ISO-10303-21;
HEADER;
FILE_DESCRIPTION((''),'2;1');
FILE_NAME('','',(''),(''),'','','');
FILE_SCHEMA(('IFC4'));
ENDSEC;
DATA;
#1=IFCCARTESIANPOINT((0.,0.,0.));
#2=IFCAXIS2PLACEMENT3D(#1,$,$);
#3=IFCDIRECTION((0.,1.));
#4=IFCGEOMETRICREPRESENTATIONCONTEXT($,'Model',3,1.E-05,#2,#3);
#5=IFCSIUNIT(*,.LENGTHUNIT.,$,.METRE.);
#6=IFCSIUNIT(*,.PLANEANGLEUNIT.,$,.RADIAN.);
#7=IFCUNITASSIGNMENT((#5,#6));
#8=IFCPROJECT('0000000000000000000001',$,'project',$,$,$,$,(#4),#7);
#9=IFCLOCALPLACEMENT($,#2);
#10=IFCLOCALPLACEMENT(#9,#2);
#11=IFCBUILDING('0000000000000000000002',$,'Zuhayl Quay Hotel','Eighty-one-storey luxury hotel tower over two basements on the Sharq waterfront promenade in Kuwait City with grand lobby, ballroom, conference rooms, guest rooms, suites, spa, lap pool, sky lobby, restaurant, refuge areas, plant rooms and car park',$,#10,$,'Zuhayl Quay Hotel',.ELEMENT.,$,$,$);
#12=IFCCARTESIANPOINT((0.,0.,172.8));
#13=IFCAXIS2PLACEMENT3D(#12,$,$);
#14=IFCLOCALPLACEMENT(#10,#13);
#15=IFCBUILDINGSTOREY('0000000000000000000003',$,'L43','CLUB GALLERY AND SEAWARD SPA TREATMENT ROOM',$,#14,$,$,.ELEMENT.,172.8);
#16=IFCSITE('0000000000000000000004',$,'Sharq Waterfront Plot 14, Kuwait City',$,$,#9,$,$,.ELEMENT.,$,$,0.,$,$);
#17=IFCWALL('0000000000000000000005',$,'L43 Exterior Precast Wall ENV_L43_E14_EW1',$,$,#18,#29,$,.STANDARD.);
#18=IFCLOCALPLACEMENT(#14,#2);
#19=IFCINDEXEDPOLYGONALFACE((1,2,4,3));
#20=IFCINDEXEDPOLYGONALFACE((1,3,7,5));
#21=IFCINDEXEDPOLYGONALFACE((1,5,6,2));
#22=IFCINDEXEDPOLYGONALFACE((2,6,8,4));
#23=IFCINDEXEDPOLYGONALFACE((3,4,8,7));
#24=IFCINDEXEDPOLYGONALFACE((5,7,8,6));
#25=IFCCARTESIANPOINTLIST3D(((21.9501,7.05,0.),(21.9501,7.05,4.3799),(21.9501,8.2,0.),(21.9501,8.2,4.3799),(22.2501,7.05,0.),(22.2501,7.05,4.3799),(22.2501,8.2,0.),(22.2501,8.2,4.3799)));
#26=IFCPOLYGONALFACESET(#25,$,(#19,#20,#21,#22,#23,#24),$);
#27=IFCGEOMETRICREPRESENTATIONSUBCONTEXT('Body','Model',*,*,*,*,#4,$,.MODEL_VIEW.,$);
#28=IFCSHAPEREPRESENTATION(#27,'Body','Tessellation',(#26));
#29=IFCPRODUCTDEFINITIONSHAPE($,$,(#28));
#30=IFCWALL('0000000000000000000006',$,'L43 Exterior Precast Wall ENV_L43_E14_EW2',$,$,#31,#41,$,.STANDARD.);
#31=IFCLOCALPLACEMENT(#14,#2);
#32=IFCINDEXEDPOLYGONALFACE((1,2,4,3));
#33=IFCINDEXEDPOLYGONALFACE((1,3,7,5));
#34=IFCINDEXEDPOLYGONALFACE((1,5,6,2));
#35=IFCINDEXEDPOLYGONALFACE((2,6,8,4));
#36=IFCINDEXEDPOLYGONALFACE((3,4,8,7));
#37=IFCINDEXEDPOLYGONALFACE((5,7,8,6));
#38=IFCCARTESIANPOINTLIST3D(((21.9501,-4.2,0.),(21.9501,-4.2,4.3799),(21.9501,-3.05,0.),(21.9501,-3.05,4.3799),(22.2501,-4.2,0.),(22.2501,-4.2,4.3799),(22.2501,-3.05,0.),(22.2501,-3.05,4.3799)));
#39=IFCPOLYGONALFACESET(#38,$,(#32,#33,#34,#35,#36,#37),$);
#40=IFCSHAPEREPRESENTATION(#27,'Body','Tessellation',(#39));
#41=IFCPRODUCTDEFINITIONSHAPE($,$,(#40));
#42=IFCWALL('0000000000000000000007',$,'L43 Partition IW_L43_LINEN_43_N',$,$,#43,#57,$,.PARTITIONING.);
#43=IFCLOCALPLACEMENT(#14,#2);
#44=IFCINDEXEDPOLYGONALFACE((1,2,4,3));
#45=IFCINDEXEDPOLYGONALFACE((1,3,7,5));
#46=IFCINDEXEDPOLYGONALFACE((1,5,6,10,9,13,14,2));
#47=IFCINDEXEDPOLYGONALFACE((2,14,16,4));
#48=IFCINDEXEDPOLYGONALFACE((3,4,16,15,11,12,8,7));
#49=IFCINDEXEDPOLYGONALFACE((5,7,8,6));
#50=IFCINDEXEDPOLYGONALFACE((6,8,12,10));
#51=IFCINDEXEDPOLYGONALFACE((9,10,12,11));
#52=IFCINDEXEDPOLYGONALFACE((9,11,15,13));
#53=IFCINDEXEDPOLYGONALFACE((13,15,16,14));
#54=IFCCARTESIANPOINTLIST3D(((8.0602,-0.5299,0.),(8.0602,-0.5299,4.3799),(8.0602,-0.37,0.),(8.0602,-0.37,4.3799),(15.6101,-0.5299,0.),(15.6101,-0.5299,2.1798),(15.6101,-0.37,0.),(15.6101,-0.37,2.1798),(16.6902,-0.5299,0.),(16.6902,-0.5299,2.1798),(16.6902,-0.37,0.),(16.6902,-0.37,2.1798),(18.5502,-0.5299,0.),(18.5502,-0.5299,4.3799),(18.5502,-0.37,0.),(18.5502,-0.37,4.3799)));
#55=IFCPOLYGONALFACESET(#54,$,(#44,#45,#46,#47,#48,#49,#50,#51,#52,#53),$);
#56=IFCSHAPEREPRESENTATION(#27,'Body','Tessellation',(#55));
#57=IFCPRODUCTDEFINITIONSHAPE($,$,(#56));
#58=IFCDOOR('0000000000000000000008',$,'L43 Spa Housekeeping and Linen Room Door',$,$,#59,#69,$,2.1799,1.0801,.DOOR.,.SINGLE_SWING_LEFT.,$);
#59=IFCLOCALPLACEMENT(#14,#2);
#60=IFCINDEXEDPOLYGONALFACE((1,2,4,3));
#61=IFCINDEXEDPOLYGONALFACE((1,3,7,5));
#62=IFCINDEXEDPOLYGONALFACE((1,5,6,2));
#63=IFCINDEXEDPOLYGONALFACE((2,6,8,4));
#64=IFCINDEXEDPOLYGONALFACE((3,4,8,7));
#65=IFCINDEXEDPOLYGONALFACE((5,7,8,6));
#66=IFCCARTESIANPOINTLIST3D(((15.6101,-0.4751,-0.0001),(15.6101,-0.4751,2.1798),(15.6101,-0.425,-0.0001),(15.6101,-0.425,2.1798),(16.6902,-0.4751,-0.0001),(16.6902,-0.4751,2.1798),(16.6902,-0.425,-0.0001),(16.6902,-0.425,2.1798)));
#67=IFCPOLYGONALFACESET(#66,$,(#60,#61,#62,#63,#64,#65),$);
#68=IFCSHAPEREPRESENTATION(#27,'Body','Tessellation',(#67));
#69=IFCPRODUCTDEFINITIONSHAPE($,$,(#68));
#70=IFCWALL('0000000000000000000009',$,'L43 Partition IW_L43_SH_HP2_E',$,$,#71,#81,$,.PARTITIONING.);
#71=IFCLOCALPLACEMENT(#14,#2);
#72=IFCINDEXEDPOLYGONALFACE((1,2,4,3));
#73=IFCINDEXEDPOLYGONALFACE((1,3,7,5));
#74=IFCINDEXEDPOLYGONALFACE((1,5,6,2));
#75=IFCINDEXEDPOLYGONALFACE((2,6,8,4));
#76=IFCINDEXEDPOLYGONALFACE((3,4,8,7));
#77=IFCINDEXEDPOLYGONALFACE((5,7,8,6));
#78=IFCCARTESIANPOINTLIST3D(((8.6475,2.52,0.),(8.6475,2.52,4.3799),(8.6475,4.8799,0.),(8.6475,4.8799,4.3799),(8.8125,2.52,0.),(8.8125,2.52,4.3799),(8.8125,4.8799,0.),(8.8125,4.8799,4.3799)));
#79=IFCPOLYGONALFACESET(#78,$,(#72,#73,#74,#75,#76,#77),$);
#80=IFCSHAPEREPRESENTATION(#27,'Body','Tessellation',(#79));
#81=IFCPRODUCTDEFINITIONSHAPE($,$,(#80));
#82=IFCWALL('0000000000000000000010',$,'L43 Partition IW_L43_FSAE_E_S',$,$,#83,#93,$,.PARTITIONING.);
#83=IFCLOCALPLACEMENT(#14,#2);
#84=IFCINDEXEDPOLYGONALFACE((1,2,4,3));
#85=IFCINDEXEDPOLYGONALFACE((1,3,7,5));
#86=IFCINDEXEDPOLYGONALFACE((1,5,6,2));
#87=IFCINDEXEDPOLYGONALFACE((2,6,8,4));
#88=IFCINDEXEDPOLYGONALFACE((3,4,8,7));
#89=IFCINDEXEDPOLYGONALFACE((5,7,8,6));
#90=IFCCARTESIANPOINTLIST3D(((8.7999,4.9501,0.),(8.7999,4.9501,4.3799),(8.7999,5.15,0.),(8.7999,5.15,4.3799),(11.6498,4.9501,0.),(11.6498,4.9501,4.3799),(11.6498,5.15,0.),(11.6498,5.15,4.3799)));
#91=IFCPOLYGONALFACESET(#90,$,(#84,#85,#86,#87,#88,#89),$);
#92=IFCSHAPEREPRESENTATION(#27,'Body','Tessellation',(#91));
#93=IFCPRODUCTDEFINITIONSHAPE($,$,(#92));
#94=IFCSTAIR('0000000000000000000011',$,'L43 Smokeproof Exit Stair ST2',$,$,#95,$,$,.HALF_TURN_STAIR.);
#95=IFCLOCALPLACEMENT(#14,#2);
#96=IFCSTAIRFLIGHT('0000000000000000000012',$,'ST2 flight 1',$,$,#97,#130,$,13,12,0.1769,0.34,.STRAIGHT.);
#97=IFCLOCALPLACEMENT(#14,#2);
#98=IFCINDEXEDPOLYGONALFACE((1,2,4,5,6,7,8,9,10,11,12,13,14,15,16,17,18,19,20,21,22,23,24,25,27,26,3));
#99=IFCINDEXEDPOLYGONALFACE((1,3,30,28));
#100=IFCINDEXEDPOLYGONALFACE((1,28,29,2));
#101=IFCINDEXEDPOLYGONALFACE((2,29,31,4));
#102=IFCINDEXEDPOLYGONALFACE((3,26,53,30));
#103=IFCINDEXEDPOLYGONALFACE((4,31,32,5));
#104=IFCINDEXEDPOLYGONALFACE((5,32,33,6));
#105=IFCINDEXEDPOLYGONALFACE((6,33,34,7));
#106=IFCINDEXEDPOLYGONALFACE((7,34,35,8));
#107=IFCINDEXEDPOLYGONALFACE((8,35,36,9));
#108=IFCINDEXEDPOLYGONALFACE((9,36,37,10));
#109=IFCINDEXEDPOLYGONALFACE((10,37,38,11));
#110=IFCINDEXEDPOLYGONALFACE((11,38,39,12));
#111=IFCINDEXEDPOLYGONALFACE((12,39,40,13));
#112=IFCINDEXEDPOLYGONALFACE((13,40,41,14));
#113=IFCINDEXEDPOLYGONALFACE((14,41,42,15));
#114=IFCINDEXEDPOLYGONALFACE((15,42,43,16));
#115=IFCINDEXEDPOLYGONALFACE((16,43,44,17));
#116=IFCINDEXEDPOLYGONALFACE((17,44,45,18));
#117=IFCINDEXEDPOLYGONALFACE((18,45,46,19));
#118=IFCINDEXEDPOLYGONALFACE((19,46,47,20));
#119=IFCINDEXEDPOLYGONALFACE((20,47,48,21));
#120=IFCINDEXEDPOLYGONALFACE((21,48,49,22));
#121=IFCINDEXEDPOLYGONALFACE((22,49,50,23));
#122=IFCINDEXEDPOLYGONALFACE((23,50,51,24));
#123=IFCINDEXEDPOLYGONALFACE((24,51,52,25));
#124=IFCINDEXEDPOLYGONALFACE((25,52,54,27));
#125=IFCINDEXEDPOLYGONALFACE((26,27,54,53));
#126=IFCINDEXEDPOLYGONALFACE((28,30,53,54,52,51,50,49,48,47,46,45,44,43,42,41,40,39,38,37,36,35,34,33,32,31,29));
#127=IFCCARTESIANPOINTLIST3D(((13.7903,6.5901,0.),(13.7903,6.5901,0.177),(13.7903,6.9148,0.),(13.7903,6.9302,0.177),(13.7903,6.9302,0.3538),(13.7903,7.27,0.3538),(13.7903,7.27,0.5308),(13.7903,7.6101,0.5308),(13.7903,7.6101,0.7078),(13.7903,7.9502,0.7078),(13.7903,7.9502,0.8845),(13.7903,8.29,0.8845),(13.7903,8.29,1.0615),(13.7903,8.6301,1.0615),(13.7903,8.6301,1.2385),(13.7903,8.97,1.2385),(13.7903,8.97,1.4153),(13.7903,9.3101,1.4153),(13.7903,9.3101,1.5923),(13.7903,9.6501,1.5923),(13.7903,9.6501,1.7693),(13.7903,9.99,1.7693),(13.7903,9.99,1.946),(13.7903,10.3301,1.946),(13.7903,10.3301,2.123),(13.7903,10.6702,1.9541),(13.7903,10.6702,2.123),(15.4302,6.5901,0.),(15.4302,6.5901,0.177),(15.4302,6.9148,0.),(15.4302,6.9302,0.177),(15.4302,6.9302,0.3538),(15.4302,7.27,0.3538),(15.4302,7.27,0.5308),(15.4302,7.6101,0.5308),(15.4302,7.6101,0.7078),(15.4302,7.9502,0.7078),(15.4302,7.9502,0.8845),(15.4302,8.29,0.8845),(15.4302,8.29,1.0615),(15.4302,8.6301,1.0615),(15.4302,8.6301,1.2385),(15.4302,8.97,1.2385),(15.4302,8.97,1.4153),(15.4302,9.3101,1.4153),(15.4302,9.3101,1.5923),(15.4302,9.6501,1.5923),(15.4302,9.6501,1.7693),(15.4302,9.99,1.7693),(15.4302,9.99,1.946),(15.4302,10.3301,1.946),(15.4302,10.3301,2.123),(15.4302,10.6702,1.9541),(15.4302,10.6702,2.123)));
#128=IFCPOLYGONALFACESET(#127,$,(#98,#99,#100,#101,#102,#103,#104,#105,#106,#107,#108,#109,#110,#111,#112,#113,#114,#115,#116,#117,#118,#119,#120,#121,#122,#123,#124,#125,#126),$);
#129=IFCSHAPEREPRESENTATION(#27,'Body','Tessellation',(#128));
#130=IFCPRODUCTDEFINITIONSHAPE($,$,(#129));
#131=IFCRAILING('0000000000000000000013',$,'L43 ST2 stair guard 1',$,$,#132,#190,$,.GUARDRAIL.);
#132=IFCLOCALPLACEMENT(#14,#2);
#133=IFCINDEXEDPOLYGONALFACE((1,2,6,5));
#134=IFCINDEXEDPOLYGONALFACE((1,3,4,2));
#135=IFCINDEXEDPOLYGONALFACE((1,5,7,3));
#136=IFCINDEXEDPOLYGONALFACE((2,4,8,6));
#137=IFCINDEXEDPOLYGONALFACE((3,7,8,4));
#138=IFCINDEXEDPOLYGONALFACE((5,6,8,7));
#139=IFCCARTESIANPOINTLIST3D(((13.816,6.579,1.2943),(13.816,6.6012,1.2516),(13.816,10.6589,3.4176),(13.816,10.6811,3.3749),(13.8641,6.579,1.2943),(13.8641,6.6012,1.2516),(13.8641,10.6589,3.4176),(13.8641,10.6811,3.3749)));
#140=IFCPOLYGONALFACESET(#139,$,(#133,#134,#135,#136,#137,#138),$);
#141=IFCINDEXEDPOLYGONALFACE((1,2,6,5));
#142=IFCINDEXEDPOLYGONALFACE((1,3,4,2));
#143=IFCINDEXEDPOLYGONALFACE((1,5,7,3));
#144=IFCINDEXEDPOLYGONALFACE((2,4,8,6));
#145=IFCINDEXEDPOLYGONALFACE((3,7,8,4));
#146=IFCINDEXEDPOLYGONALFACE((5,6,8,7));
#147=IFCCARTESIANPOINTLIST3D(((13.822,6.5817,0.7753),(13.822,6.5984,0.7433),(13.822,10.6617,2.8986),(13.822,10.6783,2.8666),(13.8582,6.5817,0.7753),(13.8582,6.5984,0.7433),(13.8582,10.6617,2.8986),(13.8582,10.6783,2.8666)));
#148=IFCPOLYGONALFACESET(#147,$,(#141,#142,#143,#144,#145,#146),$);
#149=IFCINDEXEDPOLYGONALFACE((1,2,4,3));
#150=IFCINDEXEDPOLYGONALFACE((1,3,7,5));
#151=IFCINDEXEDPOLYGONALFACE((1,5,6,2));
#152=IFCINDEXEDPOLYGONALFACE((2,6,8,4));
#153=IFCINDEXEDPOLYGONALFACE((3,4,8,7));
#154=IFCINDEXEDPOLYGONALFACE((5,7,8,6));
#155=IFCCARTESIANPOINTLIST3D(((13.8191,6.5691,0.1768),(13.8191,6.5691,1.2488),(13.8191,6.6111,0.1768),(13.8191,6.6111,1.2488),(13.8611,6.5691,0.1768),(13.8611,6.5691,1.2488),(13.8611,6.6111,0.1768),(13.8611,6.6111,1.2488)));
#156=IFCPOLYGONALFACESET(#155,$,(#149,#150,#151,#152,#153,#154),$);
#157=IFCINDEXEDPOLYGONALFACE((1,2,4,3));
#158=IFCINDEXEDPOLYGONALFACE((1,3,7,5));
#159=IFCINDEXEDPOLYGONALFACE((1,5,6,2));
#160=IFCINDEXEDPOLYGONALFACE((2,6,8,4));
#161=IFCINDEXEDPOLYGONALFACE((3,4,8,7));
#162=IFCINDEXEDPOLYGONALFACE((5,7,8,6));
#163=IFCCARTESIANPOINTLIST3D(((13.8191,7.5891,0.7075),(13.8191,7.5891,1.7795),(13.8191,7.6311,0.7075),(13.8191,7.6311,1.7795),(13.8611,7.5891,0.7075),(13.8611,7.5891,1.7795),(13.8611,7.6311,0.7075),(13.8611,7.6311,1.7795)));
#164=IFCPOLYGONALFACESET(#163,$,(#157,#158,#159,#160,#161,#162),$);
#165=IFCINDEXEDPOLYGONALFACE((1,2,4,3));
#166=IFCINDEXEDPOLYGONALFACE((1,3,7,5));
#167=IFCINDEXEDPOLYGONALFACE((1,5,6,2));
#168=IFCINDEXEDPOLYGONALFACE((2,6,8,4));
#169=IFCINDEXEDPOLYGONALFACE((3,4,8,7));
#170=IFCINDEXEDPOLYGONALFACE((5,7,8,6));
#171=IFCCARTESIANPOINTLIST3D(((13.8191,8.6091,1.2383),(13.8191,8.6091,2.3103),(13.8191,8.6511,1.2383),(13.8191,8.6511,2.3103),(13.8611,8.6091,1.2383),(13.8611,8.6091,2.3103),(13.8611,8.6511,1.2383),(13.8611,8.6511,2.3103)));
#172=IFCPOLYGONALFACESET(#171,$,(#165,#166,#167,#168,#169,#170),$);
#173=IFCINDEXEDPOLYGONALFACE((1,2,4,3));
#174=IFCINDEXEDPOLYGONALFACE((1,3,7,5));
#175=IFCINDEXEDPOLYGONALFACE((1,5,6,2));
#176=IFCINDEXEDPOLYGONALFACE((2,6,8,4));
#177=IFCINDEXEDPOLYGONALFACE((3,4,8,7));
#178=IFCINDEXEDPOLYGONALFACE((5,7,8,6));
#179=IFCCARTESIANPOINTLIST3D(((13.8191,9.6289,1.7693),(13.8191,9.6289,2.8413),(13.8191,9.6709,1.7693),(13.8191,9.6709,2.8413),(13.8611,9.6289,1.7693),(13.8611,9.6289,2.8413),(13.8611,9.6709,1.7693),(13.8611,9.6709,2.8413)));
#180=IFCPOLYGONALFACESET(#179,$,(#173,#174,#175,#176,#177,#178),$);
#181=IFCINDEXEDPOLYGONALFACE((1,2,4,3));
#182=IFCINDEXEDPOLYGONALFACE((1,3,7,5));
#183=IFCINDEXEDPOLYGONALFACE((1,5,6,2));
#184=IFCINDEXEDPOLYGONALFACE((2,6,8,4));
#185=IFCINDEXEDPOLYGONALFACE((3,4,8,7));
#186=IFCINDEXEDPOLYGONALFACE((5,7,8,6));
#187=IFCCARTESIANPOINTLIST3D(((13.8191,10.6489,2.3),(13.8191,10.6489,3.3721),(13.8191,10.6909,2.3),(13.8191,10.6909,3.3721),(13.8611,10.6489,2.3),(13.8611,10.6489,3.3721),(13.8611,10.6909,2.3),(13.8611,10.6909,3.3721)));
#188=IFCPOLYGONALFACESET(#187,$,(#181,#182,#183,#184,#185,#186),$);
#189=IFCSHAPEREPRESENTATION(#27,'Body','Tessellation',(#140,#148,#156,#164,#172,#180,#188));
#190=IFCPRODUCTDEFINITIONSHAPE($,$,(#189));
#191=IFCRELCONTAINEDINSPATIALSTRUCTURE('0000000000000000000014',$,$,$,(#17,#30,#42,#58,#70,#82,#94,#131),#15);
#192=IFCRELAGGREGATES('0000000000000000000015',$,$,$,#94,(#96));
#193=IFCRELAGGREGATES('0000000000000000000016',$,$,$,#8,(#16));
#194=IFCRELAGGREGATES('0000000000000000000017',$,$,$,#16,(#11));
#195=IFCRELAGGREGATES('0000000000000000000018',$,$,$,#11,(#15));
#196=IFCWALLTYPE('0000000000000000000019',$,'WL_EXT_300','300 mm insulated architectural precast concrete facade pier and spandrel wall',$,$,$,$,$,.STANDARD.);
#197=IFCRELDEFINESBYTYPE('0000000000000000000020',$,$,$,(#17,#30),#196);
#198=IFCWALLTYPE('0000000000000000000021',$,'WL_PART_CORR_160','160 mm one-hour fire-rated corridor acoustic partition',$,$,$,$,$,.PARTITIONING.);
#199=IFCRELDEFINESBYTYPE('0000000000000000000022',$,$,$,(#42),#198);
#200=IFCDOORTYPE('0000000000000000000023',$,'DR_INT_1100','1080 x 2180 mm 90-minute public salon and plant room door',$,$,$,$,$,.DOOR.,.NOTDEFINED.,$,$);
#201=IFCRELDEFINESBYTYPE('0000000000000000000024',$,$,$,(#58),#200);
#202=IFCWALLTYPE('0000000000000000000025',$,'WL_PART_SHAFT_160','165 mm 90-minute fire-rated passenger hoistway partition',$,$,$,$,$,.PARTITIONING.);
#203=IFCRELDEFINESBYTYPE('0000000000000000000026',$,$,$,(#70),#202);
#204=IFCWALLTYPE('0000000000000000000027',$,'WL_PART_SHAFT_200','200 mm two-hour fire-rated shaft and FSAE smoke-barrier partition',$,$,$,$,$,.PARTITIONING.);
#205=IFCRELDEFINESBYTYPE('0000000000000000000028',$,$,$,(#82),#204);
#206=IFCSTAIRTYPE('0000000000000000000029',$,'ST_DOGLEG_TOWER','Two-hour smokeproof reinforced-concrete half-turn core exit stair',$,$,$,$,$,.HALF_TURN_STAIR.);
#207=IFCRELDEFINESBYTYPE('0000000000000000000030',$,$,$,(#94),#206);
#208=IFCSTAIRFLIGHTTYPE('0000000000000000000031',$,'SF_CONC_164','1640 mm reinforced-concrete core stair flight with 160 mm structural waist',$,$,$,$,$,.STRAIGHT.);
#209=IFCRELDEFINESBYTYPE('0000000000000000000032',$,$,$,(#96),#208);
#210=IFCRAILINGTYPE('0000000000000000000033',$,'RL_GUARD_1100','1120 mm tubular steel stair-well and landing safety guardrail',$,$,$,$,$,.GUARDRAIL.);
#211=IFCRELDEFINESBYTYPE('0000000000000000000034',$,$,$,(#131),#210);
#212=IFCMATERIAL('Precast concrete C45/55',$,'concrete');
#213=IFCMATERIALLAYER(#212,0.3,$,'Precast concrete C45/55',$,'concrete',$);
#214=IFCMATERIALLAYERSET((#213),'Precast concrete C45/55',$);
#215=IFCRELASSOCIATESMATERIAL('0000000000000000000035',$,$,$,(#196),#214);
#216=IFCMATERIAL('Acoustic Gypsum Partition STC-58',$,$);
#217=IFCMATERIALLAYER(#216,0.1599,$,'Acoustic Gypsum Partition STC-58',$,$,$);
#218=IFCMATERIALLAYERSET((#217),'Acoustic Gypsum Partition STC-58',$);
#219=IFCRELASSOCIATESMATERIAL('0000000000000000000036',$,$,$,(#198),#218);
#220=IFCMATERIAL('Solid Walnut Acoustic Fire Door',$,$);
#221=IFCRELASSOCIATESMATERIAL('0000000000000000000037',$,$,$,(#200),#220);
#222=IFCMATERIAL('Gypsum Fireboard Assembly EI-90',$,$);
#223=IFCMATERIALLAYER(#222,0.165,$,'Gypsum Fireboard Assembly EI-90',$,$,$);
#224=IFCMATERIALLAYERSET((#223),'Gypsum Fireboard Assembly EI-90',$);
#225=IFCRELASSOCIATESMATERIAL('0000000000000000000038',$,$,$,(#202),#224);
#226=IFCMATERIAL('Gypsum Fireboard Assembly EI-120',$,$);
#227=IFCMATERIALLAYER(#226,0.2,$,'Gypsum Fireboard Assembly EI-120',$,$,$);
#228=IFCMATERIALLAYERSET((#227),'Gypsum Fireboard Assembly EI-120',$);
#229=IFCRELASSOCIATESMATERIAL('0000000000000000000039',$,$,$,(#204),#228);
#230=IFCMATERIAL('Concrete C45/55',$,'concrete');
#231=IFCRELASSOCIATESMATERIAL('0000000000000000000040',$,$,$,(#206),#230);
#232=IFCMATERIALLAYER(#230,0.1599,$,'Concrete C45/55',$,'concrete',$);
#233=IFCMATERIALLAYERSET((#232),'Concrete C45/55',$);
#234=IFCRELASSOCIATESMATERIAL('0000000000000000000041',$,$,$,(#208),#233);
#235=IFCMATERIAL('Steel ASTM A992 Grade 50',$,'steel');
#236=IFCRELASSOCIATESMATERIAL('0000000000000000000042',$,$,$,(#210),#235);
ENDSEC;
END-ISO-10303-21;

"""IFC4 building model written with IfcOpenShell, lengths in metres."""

from ifc_helpers import new_model, si_unit, direction, frame, frame_2d, origin, origin_2d, place, context, subcontext, project, spatial, polyline, rectangle, outline, extrude, material, layer, layer_set, type_object, element, fill, aggregate, save


model = new_model("IFC4")

# Units and contexts
model_context = context("Model", 3, precision=1e-05, world=origin(), true_north=direction((0.0, 1.0)))
body_context = subcontext(model_context, "Body", "Model", "MODEL_VIEW")
ifc_project = project(units=[si_unit("LENGTHUNIT", "METRE"), si_unit("PLANEANGLEUNIT", "RADIAN")], contexts=[model_context])

# Site, building, storey
site_placement = place(None, origin())
site = spatial("IfcSite", under=ifc_project, at=site_placement, Name="Sharq Waterfront Plot 14, Kuwait City", CompositionType="ELEMENT", RefElevation=0.0)
building_placement = place(site_placement, origin())
building = spatial("IfcBuilding", under=site, at=building_placement, Name="Zuhayl Quay Hotel", Description="Eighty-one-storey luxury hotel tower over two basements on the Sharq waterfront promenade in Kuwait City with grand lobby, ballroom, conference rooms, guest rooms, suites, spa, lap pool, sky lobby, restaurant, refuge areas, plant rooms and car park", LongName="Zuhayl Quay Hotel", CompositionType="ELEMENT")
storey_placement = place(building_placement, frame((0.0, 0.0, 172.8)))
storey = spatial("IfcBuildingStorey", under=building, at=storey_placement, Name="L43", Description="CLUB GALLERY AND SEAWARD SPA TREATMENT ROOM", CompositionType="ELEMENT", Elevation=172.8)

# Shared definitions
ifc_material_1 = material(Name="Steel ASTM A992 Grade 50", Category="steel")

# Walls
ifc_material_2 = material(Name="Precast concrete C45/55", Category="concrete")
ifc_layer_1 = layer(ifc_material_2, 0.3, Name="Precast concrete C45/55", Category="concrete")
ifc_layer_set_1 = layer_set([ifc_layer_1], Name="Precast concrete C45/55")
wall_type_1 = type_object("IfcWallType", Name="WL_EXT_300", Description="300 mm insulated architectural precast concrete facade pier and spandrel wall", PredefinedType="STANDARD", material=ifc_layer_set_1)
for number, where, z_axis, x_axis, name in (
    (1, (22.1001, 8.2, 0.0), (0.0, 0.0, 1.0), (0.0, -1.0, 0.0), "L43 Exterior Precast Wall ENV_L43_E14_EW1"),
    (2, (22.1001, -3.05, 0.0), (0.0, 0.0, 1.0), (0.0, -1.0, 0.0), "L43 Exterior Precast Wall ENV_L43_E14_EW2"),
):
    element("IfcWall", number, at=place(storey_placement, frame(where, z_axis=z_axis, x_axis=x_axis)), inside=storey, type_object=wall_type_1, Name=name, PredefinedType="STANDARD", context=body_context, shape_type="SweptSolid", body=[
        extrude(rectangle(XDim=1.1499, YDim=0.3, at=frame_2d((0.575, 0.0))), origin(), (0.0, 0.0, 1.0), 4.3799),
    ])

# Wall, opening, door
ifc_material_3 = material(Name="Acoustic Gypsum Partition STC-58")
ifc_layer_2 = layer(ifc_material_3, 0.1599, Name="Acoustic Gypsum Partition STC-58")
ifc_layer_set_2 = layer_set([ifc_layer_2], Name="Acoustic Gypsum Partition STC-58")
wall_type_2 = type_object("IfcWallType", Name="WL_PART_CORR_160", Description="160 mm one-hour fire-rated corridor acoustic partition", PredefinedType="PARTITIONING", material=ifc_layer_set_2)
wall_1_placement = place(storey_placement, frame((8.0601, -0.45, 0.0), z_axis=(0.0, 0.0, 1.0), x_axis=(1.0, 0.0, 0.0)))
wall_1 = element("IfcWall", 3, at=wall_1_placement, inside=storey, type_object=wall_type_2, Name="L43 Partition IW_L43_LINEN_43_N", PredefinedType="PARTITIONING", context=body_context, shape_type="SweptSolid", body=[
    extrude(rectangle(XDim=10.49, YDim=0.1599, at=frame_2d((5.2451, 0.0))), origin(), (0.0, 0.0, 1.0), 4.3799),
])
opening_placement = place(wall_1_placement, frame((7.55, 0.0, 0.0)))
opening = element("IfcOpeningElement", 4, at=opening_placement, cuts=wall_1, PredefinedType="OPENING", context=body_context, shape_type="SweptSolid", body=[
    extrude(rectangle(XDim=1.0801, YDim=2.1799, at=frame_2d((0.54, 1.0898))), frame((0.0, 0.0898, 0.0), z_axis=(0.0, -1.0, 0.0), x_axis=(1.0, 0.0, 0.0)), (0.0, 0.0, 1.0), 0.1799),
])
ifc_material_4 = material(Name="Solid Walnut Acoustic Fire Door")
door_type = type_object("IfcDoorType", Name="DR_INT_1100", Description="1080 x 2180 mm 90-minute public salon and plant room door", OperationType="NOTDEFINED", PredefinedType="DOOR", material=ifc_material_4)
door_placement = place(opening_placement, origin())
door = element("IfcDoor", 5, at=door_placement, inside=storey, type_object=door_type, Name="L43 Spa Housekeeping and Linen Room Door", OperationType="SINGLE_SWING_LEFT", OverallHeight=2.1799, OverallWidth=1.0801, PredefinedType="DOOR", context=body_context, shape_type="SweptSolid", body=[
    extrude(rectangle(XDim=1.0801, YDim=2.1799, at=frame_2d((0.54, 1.0898))), frame((0.0, 0.0249, 0.0), z_axis=(0.0, -1.0, 0.0), x_axis=(1.0, 0.0, 0.0)), (0.0, 0.0, 1.0), 0.05),
])
fill(opening, door)

# Walls
ifc_material_5 = material(Name="Gypsum Fireboard Assembly EI-90")
ifc_layer_3 = layer(ifc_material_5, 0.165, Name="Gypsum Fireboard Assembly EI-90")
ifc_layer_set_3 = layer_set([ifc_layer_3], Name="Gypsum Fireboard Assembly EI-90")
wall_type_3 = type_object("IfcWallType", Name="WL_PART_SHAFT_160", Description="165 mm 90-minute fire-rated passenger hoistway partition", PredefinedType="PARTITIONING", material=ifc_layer_set_3)
wall_2_placement = place(storey_placement, frame((8.73, 2.52, 0.0), z_axis=(0.0, 0.0, 1.0), x_axis=(0.0, 1.0, 0.0)))
element("IfcWall", 6, at=wall_2_placement, inside=storey, type_object=wall_type_3, Name="L43 Partition IW_L43_SH_HP2_E", PredefinedType="PARTITIONING", context=body_context, shape_type="SweptSolid", body=[
    extrude(rectangle(XDim=2.3599, YDim=0.165, at=frame_2d((1.1799, 0.0))), origin(), (0.0, 0.0, 1.0), 4.3799),
])
ifc_material_6 = material(Name="Gypsum Fireboard Assembly EI-120")
ifc_layer_4 = layer(ifc_material_6, 0.2, Name="Gypsum Fireboard Assembly EI-120")
ifc_layer_set_4 = layer_set([ifc_layer_4], Name="Gypsum Fireboard Assembly EI-120")
wall_type_4 = type_object("IfcWallType", Name="WL_PART_SHAFT_200", Description="200 mm two-hour fire-rated shaft and FSAE smoke-barrier partition", PredefinedType="PARTITIONING", material=ifc_layer_set_4)
wall_3_placement = place(storey_placement, frame((8.8, 5.05, 0.0), z_axis=(0.0, 0.0, 1.0), x_axis=(1.0, 0.0, 0.0)))
element("IfcWall", 7, at=wall_3_placement, inside=storey, type_object=wall_type_4, Name="L43 Partition IW_L43_FSAE_E_S", PredefinedType="PARTITIONING", context=body_context, shape_type="SweptSolid", body=[
    extrude(rectangle(XDim=2.8499, YDim=0.2, at=frame_2d((1.4248, 0.0))), origin(), (0.0, 0.0, 1.0), 4.3799),
])

# Stair, stair flight
ifc_material_7 = material(Name="Concrete C45/55", Category="concrete")
stair_type = type_object("IfcStairType", Name="ST_DOGLEG_TOWER", Description="Two-hour smokeproof reinforced-concrete half-turn core exit stair", PredefinedType="HALF_TURN_STAIR", material=ifc_material_7)
stair_placement = place(storey_placement, origin())
stair = element("IfcStair", 8, at=stair_placement, inside=storey, type_object=stair_type, Name="L43 Smokeproof Exit Stair ST2", PredefinedType="HALF_TURN_STAIR")
ifc_layer_5 = layer(ifc_material_7, 0.1599, Name="Concrete C45/55", Category="concrete")
ifc_layer_set_5 = layer_set([ifc_layer_5], Name="Concrete C45/55")
stair_flight_type = type_object("IfcStairFlightType", Name="SF_CONC_164", Description="1640 mm reinforced-concrete core stair flight with 160 mm structural waist", PredefinedType="STRAIGHT", material=ifc_layer_set_5)
stair_flight_placement = place(storey_placement, frame((14.6101, 6.5901, 0.0), z_axis=(0.0, 0.0, 1.0), x_axis=(0.0, 1.0, 0.0)))
stair_flight = element("IfcStairFlight", 9, at=stair_flight_placement, type_object=stair_flight_type, Name="ST2 flight 1", NumberOfRisers=13, NumberOfTreads=12, PredefinedType="STRAIGHT", RiserHeight=0.1769, TreadLength=0.34, context=body_context, shape_type="SweptSolid", body=[
    extrude(outline(polyline([(0.0, 0.0), (0.0, 0.177), (0.3401, 0.177), (0.3401, 0.3538), (0.6799, 0.3538), (0.6799, 0.5308), (1.02, 0.5308), (1.02, 0.7078), (1.3601, 0.7078), (1.3601, 0.8845), (1.7, 0.8845), (1.7, 1.0615), (2.04, 1.0615), (2.04, 1.2385), (2.3799, 1.2385), (2.3799, 1.4153), (2.72, 1.4153), (2.72, 1.5923), (3.0601, 1.5923), (3.0601, 1.7693), (3.3999, 1.7693), (3.3999, 1.946), (3.74, 1.946), (3.74, 2.123), (4.0801, 2.123), (4.0801, 2.3), (4.0801, 1.9541), (0.3247, 0.0), (0.0, 0.0)])), frame((0.0, 0.8198, 0.0), z_axis=(0.0, -1.0, 0.0), x_axis=(1.0, 0.0, 0.0)), (0.0, 0.0, 1.0), 1.6399),
])
aggregate(stair, [stair_flight])

# Railing
railing_type_1 = type_object("IfcRailingType", Name="RL_GUARD_1100", Description="1120 mm tubular steel stair-well and landing safety guardrail", PredefinedType="GUARDRAIL", material=ifc_material_1)
railing_1_placement = place(storey_placement, frame((13.8401, 6.5901, 0.1768)))
element("IfcRailing", 10, at=railing_1_placement, inside=storey, type_object=railing_type_1, Name="L43 ST2 stair guard 1", PredefinedType="GUARDRAIL", context=body_context, shape_type="SweptSolid", body=[
    extrude(rectangle(XDim=0.0481, YDim=0.0481, at=origin_2d()), frame((0.0, 0.0, 1.0962), z_axis=(0.0, 0.887059, 0.461657), x_axis=(-1.0, 0.0, 0.0)), (0.0, 0.0, 1.0), 4.5994),
    extrude(rectangle(XDim=0.0361, YDim=0.0361, at=origin_2d()), frame((0.0, 0.0, 0.5825), z_axis=(0.0, 0.887059, 0.461657), x_axis=(-1.0, 0.0, 0.0)), (0.0, 0.0, 1.0), 4.5994),
    extrude(rectangle(XDim=0.042, YDim=0.042, at=origin_2d()), origin(), (0.0, 0.0, 1.0), 1.072),
    extrude(rectangle(XDim=0.042, YDim=0.042, at=origin_2d()), frame((0.0, 1.02, 0.5308)), (0.0, 0.0, 1.0), 1.072),
    extrude(rectangle(XDim=0.042, YDim=0.042, at=origin_2d()), frame((0.0, 2.04, 1.0615)), (0.0, 0.0, 1.0), 1.072),
    extrude(rectangle(XDim=0.042, YDim=0.042, at=origin_2d()), frame((0.0, 3.0598, 1.5925)), (0.0, 0.0, 1.0), 1.072),
    extrude(rectangle(XDim=0.042, YDim=0.042, at=origin_2d()), frame((0.0, 4.0798, 2.1233)), (0.0, 0.0, 1.0), 1.072),
])

save(model, "model.ifc")
